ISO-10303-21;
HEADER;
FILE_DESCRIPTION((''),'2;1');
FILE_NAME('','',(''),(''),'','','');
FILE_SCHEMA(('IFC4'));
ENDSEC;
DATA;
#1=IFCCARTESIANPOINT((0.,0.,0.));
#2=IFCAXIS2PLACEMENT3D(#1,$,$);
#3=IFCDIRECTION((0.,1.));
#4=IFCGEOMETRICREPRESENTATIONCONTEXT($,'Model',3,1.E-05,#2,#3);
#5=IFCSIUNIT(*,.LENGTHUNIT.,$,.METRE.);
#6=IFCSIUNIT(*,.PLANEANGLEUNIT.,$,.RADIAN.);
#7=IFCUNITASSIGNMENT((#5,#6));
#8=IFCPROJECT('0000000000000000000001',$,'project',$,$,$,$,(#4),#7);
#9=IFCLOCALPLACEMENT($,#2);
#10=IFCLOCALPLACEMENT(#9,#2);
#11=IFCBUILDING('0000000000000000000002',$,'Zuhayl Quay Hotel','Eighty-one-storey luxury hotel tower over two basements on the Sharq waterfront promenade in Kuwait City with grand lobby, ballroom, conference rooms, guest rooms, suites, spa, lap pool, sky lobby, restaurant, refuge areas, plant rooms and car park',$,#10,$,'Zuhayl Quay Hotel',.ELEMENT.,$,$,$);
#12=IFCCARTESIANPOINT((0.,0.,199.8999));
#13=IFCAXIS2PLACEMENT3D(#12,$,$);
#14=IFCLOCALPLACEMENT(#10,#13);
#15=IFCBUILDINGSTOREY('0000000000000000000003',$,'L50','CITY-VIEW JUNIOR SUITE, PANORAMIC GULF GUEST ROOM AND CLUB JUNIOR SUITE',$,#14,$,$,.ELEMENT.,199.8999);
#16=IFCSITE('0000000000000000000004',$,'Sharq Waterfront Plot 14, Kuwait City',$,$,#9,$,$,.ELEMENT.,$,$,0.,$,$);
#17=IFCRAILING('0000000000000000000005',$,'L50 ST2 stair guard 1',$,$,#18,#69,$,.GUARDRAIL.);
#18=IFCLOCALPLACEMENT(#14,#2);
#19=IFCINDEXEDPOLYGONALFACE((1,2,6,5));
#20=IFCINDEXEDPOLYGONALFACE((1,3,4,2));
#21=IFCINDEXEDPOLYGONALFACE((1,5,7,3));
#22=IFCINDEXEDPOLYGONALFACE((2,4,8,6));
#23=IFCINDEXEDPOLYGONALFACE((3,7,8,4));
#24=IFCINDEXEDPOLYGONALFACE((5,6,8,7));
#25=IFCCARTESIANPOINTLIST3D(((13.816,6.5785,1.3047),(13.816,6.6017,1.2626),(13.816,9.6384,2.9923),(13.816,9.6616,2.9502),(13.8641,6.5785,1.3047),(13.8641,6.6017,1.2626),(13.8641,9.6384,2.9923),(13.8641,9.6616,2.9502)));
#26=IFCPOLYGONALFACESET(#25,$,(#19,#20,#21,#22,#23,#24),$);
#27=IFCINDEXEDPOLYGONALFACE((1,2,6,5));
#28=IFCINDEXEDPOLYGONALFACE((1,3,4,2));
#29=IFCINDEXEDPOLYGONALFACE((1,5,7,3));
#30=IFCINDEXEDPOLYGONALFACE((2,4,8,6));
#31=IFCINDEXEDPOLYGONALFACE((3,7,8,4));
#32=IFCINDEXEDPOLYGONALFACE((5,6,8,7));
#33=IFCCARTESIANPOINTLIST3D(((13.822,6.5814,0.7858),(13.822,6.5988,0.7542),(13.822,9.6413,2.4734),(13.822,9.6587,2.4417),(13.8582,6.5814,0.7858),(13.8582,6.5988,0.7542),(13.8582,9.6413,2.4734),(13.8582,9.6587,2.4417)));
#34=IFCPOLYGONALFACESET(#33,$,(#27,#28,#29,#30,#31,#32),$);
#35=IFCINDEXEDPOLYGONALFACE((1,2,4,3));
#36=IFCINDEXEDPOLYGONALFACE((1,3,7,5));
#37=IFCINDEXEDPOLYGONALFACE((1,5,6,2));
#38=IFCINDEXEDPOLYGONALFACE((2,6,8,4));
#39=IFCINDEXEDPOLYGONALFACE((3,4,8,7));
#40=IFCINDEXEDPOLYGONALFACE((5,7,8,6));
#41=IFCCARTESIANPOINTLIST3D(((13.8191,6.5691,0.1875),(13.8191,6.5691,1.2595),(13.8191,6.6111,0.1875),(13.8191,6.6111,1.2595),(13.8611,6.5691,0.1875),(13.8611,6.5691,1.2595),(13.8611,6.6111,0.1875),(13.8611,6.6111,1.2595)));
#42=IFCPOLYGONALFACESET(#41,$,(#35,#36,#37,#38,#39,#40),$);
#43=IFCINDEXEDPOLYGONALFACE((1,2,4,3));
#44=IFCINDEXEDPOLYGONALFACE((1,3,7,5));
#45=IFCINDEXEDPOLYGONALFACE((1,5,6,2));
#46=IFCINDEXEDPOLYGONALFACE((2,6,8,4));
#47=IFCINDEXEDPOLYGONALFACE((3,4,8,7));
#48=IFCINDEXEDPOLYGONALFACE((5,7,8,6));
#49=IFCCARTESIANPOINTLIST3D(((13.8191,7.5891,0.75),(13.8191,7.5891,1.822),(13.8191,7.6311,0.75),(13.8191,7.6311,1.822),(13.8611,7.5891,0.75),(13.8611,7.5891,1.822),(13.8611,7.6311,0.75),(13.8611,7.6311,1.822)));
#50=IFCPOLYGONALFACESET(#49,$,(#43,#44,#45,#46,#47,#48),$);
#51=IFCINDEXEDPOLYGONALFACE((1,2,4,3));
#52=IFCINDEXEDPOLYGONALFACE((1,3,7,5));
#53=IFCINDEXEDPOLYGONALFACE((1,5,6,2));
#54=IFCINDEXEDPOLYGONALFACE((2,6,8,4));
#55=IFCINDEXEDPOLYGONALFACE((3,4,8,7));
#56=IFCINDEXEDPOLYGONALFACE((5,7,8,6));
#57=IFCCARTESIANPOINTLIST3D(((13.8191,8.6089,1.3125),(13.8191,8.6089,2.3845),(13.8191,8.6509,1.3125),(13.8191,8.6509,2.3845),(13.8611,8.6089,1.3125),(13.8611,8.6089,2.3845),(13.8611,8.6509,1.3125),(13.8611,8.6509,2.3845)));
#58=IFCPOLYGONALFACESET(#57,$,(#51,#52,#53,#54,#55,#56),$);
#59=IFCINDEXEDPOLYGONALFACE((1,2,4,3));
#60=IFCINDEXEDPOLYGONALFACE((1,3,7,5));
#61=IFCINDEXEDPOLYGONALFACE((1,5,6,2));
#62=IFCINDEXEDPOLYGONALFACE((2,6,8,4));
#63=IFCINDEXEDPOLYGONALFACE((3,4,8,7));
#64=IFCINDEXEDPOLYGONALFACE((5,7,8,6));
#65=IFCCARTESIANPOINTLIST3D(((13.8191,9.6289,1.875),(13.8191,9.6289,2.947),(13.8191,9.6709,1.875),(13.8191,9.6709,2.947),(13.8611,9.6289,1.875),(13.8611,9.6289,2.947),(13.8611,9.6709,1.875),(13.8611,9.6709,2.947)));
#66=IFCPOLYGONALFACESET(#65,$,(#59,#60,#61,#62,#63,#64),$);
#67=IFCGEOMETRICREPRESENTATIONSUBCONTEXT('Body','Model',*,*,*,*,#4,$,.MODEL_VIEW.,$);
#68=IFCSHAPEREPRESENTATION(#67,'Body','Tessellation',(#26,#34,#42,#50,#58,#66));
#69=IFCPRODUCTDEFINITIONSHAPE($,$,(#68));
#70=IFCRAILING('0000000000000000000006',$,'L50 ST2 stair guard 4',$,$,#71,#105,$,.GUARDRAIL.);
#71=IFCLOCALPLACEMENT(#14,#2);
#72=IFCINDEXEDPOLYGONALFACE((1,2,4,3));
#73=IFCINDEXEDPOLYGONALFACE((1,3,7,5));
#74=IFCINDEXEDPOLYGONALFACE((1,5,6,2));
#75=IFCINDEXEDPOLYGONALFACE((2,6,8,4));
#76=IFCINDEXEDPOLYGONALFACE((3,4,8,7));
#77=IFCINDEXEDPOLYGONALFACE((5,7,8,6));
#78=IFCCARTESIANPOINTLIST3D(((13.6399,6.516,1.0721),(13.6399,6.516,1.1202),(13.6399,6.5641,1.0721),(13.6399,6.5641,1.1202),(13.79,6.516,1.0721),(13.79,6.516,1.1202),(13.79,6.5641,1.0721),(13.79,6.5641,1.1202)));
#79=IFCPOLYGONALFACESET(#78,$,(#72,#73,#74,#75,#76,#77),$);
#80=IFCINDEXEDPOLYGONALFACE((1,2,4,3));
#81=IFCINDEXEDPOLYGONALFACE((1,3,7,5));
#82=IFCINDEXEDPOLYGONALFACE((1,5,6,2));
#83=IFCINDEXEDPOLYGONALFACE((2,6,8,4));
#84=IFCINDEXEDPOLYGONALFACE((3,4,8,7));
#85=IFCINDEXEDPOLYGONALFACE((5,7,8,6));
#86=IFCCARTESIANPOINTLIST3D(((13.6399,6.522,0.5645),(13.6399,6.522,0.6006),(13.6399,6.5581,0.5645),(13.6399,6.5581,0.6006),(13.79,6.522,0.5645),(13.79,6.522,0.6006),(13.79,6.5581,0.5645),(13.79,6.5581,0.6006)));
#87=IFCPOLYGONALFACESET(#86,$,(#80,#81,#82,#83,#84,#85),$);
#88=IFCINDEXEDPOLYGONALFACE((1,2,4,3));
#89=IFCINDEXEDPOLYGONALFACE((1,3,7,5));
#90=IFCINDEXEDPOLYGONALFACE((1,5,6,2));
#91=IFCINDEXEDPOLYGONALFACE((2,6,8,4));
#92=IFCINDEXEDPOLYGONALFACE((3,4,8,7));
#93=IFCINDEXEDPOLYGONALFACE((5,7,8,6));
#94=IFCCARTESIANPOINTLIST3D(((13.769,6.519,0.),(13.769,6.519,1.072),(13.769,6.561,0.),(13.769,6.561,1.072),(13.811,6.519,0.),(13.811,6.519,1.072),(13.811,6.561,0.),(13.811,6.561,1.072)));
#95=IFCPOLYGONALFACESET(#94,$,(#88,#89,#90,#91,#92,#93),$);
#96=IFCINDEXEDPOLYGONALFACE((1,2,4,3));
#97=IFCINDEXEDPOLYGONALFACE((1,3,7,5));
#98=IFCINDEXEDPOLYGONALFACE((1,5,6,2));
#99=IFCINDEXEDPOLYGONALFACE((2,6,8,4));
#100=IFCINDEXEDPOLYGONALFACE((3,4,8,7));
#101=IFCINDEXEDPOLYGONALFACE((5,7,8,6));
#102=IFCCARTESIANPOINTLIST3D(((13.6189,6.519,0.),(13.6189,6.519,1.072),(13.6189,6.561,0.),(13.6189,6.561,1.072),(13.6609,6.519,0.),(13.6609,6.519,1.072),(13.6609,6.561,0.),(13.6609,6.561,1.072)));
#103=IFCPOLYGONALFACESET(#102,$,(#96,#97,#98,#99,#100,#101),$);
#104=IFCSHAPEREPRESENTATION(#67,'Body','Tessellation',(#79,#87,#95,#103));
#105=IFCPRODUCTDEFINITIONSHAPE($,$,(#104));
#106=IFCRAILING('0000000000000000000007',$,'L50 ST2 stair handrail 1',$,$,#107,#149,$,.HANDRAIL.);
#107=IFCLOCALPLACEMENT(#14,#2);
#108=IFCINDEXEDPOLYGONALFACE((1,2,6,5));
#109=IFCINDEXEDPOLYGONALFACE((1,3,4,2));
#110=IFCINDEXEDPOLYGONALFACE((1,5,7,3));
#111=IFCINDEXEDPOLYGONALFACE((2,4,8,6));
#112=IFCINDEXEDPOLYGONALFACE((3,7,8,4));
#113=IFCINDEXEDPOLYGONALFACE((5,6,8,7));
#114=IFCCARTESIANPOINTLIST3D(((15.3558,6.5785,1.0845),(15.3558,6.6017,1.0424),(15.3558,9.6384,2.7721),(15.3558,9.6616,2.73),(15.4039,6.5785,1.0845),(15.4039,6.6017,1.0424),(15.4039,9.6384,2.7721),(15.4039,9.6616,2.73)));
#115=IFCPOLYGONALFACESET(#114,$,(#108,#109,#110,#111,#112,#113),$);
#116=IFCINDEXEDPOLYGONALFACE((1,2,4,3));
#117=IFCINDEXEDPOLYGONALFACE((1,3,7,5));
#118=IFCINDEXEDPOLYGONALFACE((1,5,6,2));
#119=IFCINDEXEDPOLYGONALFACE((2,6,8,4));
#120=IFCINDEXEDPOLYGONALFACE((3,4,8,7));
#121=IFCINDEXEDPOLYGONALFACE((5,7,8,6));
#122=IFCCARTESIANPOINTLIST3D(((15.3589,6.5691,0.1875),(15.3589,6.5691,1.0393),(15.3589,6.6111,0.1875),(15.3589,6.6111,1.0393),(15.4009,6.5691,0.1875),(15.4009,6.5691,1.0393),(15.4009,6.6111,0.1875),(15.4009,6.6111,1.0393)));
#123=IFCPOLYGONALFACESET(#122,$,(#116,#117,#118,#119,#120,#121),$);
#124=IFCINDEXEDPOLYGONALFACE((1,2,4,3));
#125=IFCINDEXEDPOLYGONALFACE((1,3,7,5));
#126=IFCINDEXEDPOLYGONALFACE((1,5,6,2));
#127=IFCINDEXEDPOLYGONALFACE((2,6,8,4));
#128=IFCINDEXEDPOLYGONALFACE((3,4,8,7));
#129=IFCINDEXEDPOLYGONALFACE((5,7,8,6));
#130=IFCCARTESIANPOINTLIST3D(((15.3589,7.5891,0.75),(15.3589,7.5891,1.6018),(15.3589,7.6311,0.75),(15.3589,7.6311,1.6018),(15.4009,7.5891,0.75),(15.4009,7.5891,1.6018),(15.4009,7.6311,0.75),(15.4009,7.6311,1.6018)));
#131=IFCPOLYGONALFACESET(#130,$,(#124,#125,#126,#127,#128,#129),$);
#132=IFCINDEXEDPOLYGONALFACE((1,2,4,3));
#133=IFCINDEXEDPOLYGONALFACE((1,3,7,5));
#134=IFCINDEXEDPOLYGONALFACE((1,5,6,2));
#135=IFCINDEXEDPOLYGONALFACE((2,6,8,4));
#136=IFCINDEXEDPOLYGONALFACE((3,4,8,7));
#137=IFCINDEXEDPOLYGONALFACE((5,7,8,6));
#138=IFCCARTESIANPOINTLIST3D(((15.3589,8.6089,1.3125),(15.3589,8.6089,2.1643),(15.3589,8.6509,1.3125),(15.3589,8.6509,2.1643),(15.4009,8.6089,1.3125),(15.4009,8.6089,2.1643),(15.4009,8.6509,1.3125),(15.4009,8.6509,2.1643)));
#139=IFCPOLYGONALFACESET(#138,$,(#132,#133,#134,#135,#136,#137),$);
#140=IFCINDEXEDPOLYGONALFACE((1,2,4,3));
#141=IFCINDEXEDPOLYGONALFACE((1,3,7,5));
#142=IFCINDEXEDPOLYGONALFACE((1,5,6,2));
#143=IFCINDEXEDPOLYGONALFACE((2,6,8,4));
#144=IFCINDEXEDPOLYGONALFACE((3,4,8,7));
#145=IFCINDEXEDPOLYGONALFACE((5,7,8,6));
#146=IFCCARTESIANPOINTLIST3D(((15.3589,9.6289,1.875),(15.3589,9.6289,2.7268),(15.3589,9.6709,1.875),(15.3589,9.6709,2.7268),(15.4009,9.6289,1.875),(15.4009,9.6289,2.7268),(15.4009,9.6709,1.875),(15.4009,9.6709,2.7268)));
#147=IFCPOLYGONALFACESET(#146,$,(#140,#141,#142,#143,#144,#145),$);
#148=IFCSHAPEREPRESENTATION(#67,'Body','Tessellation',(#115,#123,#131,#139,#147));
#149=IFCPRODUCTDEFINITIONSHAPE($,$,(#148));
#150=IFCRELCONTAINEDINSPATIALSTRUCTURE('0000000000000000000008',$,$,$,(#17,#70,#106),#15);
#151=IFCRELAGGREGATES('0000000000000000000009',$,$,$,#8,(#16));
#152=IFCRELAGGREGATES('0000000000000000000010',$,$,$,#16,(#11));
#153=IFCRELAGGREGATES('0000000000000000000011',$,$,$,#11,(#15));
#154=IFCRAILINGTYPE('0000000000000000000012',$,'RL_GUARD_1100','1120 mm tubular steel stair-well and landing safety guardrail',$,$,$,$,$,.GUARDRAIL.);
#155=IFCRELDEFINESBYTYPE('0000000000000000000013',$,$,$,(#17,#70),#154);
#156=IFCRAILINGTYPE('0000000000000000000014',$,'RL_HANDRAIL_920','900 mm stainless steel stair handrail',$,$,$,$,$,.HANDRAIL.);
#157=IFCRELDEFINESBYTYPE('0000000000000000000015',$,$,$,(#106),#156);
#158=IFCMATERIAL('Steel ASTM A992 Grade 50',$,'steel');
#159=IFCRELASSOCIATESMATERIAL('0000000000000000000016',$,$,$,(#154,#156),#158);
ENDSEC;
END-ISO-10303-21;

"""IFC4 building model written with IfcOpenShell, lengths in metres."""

from ifc_helpers import new_model, si_unit, direction, frame, origin, origin_2d, place, context, subcontext, project, spatial, rectangle, extrude, material, type_object, element, save


model = new_model("IFC4")

# Units and contexts
model_context = context("Model", 3, precision=1e-05, world=origin(), true_north=direction((0.0, 1.0)))
body_context = subcontext(model_context, "Body", "Model", "MODEL_VIEW")
ifc_project = project(units=[si_unit("LENGTHUNIT", "METRE"), si_unit("PLANEANGLEUNIT", "RADIAN")], contexts=[model_context])

# Site, building, storey
site_placement = place(None, origin())
site = spatial("IfcSite", under=ifc_project, at=site_placement, Name="Sharq Waterfront Plot 14, Kuwait City", CompositionType="ELEMENT", RefElevation=0.0)
building_placement = place(site_placement, origin())
building = spatial("IfcBuilding", under=site, at=building_placement, Name="Zuhayl Quay Hotel", Description="Eighty-one-storey luxury hotel tower over two basements on the Sharq waterfront promenade in Kuwait City with grand lobby, ballroom, conference rooms, guest rooms, suites, spa, lap pool, sky lobby, restaurant, refuge areas, plant rooms and car park", LongName="Zuhayl Quay Hotel", CompositionType="ELEMENT")
storey_placement = place(building_placement, frame((0.0, 0.0, 199.8999)))
storey = spatial("IfcBuildingStorey", under=building, at=storey_placement, Name="L50", Description="CITY-VIEW JUNIOR SUITE, PANORAMIC GULF GUEST ROOM AND CLUB JUNIOR SUITE", CompositionType="ELEMENT", Elevation=199.8999)

# Railings
ifc_material_1 = material(Name="Steel ASTM A992 Grade 50", Category="steel")
railing_type_1 = type_object("IfcRailingType", Name="RL_GUARD_1100", Description="1120 mm tubular steel stair-well and landing safety guardrail", PredefinedType="GUARDRAIL", material=ifc_material_1)
railing_1_placement = place(storey_placement, frame((13.8401, 6.5901, 0.1875)))
element("IfcRailing", 1, at=railing_1_placement, inside=storey, type_object=railing_type_1, Name="L50 ST2 stair guard 1", PredefinedType="GUARDRAIL", context=body_context, shape_type="SweptSolid", body=[
    extrude(rectangle(XDim=0.0481, YDim=0.0481, at=origin_2d()), frame((0.0, 0.0, 1.0962), z_axis=(0.0, 0.875659, 0.48293), x_axis=(-1.0, 0.0, 0.0)), (0.0, 0.0, 1.0), 3.4944),
    extrude(rectangle(XDim=0.0361, YDim=0.0361, at=origin_2d()), frame((0.0, 0.0, 0.5825), z_axis=(0.0, 0.875659, 0.48293), x_axis=(-1.0, 0.0, 0.0)), (0.0, 0.0, 1.0), 3.4944),
    extrude(rectangle(XDim=0.042, YDim=0.042, at=origin_2d()), origin(), (0.0, 0.0, 1.0), 1.072),
    extrude(rectangle(XDim=0.042, YDim=0.042, at=origin_2d()), frame((0.0, 1.02, 0.5625)), (0.0, 0.0, 1.0), 1.072),
    extrude(rectangle(XDim=0.042, YDim=0.042, at=origin_2d()), frame((0.0, 2.0398, 1.125)), (0.0, 0.0, 1.0), 1.072),
    extrude(rectangle(XDim=0.042, YDim=0.042, at=origin_2d()), frame((0.0, 3.0598, 1.6875)), (0.0, 0.0, 1.0), 1.072),
])
railing_2_placement = place(storey_placement, frame((13.79, 6.54, 0.0)))
element("IfcRailing", 2, at=railing_2_placement, inside=storey, type_object=railing_type_1, Name="L50 ST2 stair guard 4", PredefinedType="GUARDRAIL", context=body_context, shape_type="SweptSolid", body=[
    extrude(rectangle(XDim=0.0481, YDim=0.0481, at=origin_2d()), frame((0.0, 0.0, 1.0962), z_axis=(-1.0, 0.0, 0.0), x_axis=(0.0, -1.0, 0.0)), (0.0, 0.0, 1.0), 0.1501),
    extrude(rectangle(XDim=0.0361, YDim=0.0361, at=origin_2d()), frame((0.0, 0.0, 0.5825), z_axis=(-1.0, 0.0, 0.0), x_axis=(0.0, -1.0, 0.0)), (0.0, 0.0, 1.0), 0.1501),
    extrude(rectangle(XDim=0.042, YDim=0.042, at=origin_2d()), origin(), (0.0, 0.0, 1.0), 1.072),
    extrude(rectangle(XDim=0.042, YDim=0.042, at=origin_2d()), frame((-0.1501, 0.0, 0.0)), (0.0, 0.0, 1.0), 1.072),
])
railing_type_2 = type_object("IfcRailingType", Name="RL_HANDRAIL_920", Description="900 mm stainless steel stair handrail", PredefinedType="HANDRAIL", material=ifc_material_1)
railing_3_placement = place(storey_placement, frame((15.3799, 6.5901, 0.1875)))
element("IfcRailing", 3, at=railing_3_placement, inside=storey, type_object=railing_type_2, Name="L50 ST2 stair handrail 1", PredefinedType="HANDRAIL", context=body_context, shape_type="SweptSolid", body=[
    extrude(rectangle(XDim=0.0481, YDim=0.0481, at=origin_2d()), frame((0.0, 0.0, 0.876), z_axis=(0.0, 0.875659, 0.48293), x_axis=(-1.0, 0.0, 0.0)), (0.0, 0.0, 1.0), 3.4944),
    extrude(rectangle(XDim=0.042, YDim=0.042, at=origin_2d()), origin(), (0.0, 0.0, 1.0), 0.8518),
    extrude(rectangle(XDim=0.042, YDim=0.042, at=origin_2d()), frame((0.0, 1.02, 0.5625)), (0.0, 0.0, 1.0), 0.8518),
    extrude(rectangle(XDim=0.042, YDim=0.042, at=origin_2d()), frame((0.0, 2.0398, 1.125)), (0.0, 0.0, 1.0), 0.8518),
    extrude(rectangle(XDim=0.042, YDim=0.042, at=origin_2d()), frame((0.0, 3.0598, 1.6875)), (0.0, 0.0, 1.0), 0.8518),
])

save(model, "model.ifc")
